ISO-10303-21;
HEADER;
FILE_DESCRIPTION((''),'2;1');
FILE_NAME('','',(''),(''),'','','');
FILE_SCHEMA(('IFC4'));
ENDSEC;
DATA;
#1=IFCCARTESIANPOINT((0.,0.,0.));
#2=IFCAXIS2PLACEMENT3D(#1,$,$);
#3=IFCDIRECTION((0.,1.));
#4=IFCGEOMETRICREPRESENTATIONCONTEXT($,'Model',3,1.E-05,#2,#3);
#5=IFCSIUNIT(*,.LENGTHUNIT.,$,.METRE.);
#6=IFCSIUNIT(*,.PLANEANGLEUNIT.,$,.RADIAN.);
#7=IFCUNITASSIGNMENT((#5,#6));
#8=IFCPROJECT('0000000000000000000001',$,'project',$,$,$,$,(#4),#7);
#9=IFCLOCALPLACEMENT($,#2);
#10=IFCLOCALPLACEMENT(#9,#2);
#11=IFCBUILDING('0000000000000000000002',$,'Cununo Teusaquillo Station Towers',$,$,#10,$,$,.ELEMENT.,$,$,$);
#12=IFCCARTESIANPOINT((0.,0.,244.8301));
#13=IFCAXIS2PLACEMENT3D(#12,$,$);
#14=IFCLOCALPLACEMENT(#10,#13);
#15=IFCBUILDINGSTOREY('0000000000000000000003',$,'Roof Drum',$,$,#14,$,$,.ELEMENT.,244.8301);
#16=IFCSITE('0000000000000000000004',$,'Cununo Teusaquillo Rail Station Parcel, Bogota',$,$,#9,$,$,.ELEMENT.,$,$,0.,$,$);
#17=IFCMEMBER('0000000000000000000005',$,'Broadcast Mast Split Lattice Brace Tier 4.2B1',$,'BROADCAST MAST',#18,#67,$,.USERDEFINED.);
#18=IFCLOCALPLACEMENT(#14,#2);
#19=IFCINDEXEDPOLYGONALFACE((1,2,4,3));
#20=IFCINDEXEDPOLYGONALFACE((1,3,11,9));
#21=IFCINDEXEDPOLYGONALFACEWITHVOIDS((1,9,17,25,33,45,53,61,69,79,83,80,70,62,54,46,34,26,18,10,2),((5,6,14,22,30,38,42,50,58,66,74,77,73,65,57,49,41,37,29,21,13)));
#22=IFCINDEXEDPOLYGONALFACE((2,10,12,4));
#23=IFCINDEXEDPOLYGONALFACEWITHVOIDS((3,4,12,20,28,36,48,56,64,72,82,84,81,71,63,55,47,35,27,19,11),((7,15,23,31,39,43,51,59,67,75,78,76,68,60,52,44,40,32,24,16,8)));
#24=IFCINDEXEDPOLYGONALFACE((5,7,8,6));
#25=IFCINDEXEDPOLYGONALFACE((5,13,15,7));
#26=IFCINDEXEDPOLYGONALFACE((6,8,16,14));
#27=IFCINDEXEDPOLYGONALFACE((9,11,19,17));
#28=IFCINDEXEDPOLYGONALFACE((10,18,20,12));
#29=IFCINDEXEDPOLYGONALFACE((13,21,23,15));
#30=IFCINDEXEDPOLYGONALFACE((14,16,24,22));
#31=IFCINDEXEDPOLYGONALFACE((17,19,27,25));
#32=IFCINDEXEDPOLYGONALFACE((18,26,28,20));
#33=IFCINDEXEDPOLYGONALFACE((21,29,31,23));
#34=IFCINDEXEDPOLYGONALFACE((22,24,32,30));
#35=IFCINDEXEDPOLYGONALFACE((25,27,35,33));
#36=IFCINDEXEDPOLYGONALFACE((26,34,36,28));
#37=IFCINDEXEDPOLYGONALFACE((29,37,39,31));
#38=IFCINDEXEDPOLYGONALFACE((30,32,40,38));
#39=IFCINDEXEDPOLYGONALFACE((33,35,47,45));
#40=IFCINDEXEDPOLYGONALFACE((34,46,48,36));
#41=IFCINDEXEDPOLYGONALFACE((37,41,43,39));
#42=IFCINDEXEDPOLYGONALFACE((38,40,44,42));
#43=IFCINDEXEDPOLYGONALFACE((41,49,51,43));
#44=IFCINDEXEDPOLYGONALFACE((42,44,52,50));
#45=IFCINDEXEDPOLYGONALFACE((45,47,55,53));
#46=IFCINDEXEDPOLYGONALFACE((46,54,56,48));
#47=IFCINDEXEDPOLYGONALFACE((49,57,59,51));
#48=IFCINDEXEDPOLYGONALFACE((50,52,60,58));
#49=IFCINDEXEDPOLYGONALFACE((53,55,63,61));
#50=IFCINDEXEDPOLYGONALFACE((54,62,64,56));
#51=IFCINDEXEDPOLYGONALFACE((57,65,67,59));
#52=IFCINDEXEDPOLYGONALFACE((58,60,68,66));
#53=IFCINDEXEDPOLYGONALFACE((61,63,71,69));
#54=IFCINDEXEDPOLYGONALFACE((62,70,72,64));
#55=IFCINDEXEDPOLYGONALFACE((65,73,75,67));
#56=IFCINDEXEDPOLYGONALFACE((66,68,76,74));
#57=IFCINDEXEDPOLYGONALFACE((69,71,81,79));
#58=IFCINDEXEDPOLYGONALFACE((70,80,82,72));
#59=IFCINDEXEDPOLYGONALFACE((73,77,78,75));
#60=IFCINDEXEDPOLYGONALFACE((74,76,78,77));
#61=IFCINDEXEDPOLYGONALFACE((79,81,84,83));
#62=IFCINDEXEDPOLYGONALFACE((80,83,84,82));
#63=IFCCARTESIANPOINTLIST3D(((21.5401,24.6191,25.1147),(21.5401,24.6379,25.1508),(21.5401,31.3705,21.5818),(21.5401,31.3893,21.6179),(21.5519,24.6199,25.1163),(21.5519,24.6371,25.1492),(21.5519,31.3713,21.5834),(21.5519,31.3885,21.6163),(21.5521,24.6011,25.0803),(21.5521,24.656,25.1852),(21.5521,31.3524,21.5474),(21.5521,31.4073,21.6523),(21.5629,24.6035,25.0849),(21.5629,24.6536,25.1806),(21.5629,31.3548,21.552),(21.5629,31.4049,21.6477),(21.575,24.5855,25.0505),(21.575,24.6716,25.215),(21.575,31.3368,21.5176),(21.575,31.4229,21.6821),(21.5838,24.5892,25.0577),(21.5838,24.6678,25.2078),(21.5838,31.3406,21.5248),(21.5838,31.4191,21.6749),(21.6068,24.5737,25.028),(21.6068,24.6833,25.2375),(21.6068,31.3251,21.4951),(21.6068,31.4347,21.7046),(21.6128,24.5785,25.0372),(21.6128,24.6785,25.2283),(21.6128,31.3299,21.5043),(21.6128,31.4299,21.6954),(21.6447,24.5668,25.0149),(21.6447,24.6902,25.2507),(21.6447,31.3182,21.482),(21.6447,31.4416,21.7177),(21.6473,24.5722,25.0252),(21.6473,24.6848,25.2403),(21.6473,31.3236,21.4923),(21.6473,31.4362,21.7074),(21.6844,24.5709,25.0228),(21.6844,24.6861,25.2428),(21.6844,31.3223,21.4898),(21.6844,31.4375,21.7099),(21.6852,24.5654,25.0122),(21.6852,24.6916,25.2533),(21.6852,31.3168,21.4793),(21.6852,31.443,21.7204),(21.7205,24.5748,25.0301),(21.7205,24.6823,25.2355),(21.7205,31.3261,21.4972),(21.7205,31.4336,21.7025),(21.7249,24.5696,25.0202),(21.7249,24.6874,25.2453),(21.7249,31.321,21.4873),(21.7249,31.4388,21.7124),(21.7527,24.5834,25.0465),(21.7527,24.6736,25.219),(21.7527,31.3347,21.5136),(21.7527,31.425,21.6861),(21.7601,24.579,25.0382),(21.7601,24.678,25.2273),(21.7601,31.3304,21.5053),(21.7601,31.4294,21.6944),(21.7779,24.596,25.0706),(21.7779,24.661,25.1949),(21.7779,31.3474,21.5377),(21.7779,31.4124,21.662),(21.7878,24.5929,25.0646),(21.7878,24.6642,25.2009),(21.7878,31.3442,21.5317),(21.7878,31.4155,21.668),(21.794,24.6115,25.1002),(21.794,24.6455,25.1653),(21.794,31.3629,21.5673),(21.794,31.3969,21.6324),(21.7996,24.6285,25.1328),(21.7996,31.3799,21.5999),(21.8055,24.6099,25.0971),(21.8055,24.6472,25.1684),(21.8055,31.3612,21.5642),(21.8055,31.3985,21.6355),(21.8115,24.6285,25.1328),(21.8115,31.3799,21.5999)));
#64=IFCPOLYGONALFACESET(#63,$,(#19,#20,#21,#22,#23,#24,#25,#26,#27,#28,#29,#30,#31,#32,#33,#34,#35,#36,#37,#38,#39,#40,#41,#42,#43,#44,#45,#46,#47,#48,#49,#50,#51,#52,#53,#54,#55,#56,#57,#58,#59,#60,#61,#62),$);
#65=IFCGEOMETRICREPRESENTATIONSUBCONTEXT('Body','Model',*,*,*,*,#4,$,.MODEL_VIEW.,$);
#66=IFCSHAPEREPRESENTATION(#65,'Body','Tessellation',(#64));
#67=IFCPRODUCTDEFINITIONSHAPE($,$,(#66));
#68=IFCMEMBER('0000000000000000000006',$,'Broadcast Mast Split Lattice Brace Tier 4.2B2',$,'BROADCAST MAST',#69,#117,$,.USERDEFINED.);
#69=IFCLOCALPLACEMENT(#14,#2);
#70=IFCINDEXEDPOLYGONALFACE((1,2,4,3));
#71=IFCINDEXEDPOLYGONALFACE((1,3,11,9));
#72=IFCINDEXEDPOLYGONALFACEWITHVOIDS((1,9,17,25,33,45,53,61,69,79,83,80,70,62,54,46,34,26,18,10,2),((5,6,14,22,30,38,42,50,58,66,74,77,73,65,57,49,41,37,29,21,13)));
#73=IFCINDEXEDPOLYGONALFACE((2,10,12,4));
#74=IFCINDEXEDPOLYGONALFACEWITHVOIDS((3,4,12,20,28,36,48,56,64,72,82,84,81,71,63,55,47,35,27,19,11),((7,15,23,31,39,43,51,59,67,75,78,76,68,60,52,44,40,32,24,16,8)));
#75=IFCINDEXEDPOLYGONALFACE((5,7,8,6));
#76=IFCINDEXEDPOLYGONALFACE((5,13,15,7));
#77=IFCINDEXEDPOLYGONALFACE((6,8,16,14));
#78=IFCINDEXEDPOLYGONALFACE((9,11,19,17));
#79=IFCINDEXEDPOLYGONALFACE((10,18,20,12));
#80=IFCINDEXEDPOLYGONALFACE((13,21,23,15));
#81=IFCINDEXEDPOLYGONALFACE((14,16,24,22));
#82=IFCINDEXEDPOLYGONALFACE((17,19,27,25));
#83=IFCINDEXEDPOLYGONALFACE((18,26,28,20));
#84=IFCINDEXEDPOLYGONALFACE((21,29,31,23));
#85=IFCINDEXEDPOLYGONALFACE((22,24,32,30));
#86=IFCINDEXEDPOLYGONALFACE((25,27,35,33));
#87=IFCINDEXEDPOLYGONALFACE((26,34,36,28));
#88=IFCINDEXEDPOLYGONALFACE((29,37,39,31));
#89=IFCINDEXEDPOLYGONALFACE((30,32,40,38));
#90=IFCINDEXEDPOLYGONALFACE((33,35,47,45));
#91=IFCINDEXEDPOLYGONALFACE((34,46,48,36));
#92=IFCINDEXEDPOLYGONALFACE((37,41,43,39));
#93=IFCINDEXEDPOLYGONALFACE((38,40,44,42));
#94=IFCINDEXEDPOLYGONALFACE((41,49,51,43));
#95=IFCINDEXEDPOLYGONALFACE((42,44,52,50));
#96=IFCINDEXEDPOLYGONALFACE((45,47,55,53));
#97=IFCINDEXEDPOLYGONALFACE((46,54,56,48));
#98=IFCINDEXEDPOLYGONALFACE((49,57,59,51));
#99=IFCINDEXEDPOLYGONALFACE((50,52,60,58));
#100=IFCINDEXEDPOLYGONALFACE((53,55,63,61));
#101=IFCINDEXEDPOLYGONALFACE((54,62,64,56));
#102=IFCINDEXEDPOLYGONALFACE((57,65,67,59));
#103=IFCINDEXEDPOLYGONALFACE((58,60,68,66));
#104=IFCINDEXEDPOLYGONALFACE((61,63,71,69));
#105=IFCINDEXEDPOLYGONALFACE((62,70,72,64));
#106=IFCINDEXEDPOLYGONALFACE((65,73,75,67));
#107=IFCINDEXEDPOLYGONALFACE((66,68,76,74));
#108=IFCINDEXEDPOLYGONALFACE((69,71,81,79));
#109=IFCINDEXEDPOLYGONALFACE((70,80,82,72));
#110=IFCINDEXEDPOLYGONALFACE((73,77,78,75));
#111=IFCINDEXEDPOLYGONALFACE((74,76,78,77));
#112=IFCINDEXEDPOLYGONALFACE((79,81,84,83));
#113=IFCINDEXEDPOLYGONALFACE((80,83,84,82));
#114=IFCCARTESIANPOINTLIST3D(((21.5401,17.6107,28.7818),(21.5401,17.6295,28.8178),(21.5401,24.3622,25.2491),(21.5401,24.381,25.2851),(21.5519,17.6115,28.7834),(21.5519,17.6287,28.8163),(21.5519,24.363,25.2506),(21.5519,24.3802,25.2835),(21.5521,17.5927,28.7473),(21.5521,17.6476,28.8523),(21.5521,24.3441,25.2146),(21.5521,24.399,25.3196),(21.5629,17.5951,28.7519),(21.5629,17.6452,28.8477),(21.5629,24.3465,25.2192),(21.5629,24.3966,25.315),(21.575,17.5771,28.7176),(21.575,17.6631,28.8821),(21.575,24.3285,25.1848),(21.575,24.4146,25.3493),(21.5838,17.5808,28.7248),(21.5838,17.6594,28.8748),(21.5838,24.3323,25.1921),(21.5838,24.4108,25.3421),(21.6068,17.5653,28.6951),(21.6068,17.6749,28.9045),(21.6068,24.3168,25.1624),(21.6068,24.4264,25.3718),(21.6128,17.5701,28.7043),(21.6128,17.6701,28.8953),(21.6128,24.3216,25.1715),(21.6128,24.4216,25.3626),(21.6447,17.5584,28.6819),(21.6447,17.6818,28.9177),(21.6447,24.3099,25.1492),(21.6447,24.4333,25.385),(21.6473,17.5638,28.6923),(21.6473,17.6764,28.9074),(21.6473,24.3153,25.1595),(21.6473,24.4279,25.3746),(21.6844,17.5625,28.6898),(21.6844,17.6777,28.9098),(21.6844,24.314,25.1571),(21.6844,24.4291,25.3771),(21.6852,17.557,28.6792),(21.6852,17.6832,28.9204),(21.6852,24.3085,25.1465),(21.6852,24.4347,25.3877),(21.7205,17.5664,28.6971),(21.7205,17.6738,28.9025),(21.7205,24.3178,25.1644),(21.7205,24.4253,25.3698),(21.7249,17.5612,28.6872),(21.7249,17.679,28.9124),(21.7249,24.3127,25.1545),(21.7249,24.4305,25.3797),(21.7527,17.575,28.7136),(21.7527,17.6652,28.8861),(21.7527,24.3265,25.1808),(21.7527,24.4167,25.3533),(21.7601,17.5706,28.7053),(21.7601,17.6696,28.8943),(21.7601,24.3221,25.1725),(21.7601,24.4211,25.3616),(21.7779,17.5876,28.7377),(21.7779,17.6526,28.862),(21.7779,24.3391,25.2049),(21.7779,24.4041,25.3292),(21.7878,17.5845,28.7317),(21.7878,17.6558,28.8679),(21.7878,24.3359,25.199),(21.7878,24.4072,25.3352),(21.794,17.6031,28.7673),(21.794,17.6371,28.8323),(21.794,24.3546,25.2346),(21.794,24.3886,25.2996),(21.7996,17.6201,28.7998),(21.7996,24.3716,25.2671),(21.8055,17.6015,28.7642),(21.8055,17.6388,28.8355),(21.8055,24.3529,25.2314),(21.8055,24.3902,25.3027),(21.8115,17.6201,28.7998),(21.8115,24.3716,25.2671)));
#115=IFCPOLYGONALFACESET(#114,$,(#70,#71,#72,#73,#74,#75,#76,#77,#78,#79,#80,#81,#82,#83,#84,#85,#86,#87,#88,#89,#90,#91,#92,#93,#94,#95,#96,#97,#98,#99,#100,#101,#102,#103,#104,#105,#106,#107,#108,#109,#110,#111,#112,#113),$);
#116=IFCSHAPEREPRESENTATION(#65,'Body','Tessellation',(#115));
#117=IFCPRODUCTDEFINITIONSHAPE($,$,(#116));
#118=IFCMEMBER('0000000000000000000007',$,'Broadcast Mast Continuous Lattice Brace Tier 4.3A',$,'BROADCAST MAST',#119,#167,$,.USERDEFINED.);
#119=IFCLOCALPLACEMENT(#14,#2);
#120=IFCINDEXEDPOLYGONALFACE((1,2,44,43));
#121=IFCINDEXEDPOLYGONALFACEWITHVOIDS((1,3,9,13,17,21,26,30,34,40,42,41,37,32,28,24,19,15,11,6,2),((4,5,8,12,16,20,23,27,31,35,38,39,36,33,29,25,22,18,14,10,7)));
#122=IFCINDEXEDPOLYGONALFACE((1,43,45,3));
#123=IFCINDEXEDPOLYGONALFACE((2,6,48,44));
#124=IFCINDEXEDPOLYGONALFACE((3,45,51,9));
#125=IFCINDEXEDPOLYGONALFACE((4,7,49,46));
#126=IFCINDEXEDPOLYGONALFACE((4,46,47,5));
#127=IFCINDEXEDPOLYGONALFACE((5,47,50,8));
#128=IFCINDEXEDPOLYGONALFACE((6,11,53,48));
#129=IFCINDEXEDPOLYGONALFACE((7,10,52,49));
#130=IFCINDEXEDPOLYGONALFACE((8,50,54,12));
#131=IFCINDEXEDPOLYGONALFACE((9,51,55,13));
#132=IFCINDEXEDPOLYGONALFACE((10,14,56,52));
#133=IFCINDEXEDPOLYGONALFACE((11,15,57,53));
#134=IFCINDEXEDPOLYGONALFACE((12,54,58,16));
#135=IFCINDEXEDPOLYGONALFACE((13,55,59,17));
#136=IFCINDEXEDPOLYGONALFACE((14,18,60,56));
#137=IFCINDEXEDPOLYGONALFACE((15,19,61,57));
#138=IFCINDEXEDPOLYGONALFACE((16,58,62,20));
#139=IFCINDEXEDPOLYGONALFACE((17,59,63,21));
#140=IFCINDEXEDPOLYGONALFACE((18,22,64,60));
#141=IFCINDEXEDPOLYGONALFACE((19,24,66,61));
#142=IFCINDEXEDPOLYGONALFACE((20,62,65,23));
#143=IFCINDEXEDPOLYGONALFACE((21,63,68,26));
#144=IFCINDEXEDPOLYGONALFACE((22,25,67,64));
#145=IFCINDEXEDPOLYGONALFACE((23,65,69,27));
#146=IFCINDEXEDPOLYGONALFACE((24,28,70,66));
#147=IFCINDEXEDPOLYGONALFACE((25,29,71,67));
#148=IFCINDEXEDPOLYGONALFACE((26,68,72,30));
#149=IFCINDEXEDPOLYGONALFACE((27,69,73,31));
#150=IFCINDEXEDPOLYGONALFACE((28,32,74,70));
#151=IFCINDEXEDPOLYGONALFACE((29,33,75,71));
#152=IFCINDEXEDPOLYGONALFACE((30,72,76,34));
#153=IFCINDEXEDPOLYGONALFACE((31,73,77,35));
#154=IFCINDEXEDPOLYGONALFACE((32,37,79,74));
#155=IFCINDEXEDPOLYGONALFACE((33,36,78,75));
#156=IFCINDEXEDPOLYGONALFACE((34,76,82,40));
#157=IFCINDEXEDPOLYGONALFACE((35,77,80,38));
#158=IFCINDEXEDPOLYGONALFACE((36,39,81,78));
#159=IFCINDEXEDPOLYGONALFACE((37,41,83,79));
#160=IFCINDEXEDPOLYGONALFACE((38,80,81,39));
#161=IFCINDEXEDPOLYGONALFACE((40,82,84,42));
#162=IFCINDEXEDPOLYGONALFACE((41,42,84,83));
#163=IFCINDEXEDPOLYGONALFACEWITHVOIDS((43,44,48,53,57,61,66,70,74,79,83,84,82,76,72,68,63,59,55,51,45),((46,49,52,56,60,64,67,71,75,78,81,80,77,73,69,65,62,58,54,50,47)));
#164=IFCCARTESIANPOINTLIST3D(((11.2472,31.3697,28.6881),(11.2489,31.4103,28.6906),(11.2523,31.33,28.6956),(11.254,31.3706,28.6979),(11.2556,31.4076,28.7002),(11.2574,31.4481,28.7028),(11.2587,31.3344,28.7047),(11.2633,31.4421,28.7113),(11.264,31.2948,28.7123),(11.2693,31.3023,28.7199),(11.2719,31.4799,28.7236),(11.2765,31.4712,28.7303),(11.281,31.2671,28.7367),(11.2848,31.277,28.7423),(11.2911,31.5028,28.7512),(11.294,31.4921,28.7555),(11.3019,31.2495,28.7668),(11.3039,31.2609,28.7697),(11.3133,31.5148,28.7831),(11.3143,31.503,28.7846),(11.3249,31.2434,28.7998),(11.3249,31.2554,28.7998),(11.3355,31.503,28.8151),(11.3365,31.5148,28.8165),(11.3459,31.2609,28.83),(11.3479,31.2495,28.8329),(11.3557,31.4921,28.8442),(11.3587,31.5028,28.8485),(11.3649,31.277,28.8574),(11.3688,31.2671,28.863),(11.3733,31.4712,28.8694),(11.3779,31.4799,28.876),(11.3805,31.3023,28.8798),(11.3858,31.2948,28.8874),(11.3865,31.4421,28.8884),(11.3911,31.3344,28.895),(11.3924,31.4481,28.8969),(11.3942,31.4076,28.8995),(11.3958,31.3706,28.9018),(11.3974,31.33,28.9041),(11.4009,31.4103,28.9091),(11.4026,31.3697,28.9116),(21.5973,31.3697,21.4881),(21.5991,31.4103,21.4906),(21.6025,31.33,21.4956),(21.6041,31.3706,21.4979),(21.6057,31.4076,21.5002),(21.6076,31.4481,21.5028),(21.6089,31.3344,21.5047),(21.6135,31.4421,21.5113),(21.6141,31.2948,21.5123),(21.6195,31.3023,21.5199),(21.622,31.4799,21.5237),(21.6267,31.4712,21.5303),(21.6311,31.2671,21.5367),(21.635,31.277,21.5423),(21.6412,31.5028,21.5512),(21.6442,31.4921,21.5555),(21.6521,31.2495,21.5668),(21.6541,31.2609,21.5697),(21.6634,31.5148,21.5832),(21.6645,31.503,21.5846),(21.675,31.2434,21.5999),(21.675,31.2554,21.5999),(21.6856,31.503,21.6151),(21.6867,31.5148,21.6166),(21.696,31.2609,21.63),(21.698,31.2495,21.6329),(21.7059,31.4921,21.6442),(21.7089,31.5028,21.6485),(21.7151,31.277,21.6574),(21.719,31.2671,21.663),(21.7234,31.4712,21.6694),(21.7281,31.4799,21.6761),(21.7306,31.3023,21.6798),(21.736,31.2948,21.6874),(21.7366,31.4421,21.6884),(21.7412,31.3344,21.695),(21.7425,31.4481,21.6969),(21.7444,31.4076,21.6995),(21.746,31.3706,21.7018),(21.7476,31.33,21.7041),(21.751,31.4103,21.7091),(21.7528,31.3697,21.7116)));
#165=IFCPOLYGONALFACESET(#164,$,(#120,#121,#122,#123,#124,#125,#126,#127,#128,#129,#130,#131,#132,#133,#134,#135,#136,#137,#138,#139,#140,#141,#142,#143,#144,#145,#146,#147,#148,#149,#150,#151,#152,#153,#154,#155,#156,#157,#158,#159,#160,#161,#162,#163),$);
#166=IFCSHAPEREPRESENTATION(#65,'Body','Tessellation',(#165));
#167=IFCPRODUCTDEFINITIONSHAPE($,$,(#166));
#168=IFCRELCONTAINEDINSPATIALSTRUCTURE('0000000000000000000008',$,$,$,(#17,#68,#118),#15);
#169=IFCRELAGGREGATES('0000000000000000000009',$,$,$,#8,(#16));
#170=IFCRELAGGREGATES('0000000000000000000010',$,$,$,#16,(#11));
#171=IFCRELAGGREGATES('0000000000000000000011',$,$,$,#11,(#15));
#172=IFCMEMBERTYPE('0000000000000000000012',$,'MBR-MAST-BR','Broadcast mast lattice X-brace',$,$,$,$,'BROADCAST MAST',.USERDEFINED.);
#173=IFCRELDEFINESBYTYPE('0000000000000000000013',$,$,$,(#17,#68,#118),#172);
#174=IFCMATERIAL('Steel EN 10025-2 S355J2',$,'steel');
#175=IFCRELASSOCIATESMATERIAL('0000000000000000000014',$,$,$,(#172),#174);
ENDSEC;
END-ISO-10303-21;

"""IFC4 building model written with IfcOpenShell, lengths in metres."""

from ifc_helpers import new_model, si_unit, direction, frame, origin, origin_2d, place, context, subcontext, project, spatial, hollow_circle, extrude, material, material_profile, profile_set, type_object, element, save


model = new_model("IFC4")

# Units and contexts
model_context = context("Model", 3, precision=1e-05, world=origin(), true_north=direction((0.0, 1.0)))
body_context = subcontext(model_context, "Body", "Model", "MODEL_VIEW")
ifc_project = project(units=[si_unit("LENGTHUNIT", "METRE"), si_unit("PLANEANGLEUNIT", "RADIAN")], contexts=[model_context])

# Site, building, storey
site_placement = place(None, origin())
site = spatial("IfcSite", under=ifc_project, at=site_placement, Name="Cununo Teusaquillo Rail Station Parcel, Bogota", CompositionType="ELEMENT", RefElevation=0.0)
building_placement = place(site_placement, origin())
building = spatial("IfcBuilding", under=site, at=building_placement, Name="Cununo Teusaquillo Station Towers", CompositionType="ELEMENT")
storey_placement = place(building_placement, frame((0.0, 0.0, 244.8301)))
storey = spatial("IfcBuildingStorey", under=building, at=storey_placement, Name="Roof Drum", CompositionType="ELEMENT", Elevation=244.8301)

# Members
ifc_material_1 = material(Name="Steel EN 10025-2 S355J2", Category="steel")
ifc_material_profile_1 = material_profile(ifc_material_1, hollow_circle(Radius=0.1365, WallThickness=0.012, at=origin_2d()), Name="CHS 273x12")
ifc_profile_set_1 = profile_set([ifc_material_profile_1], Name="Steel EN 10025-2 S355J2")
member_type = type_object("IfcMemberType", Name="MBR-MAST-BR", Description="Broadcast mast lattice X-brace", ElementType="BROADCAST MAST", PredefinedType="USERDEFINED", material=ifc_profile_set_1)
for number, where, z_axis, x_axis, name in (
    (1, (21.675, 31.3799, 21.5999), (0.0, -0.886021, 0.463644), (1.0, 0.0, 0.0), "Broadcast Mast Split Lattice Brace Tier 4.2B1"),
    (2, (21.675, 24.3716, 25.2671), (0.0, -0.886035, 0.463619), (1.0, 0.0, 0.0), "Broadcast Mast Split Lattice Brace Tier 4.2B2"),
):
    element("IfcMember", number, at=place(storey_placement, frame(where, z_axis=z_axis, x_axis=x_axis)), inside=storey, type_object=member_type, Name=name, ObjectType="BROADCAST MAST", PredefinedType="USERDEFINED", context=body_context, shape_type="SweptSolid", body=[
        extrude(hollow_circle(Radius=0.1365, WallThickness=0.012, at=origin_2d()), origin(), (0.0, 0.0, 1.0), 7.6199),
    ])
member_1_placement = place(storey_placement, frame((21.675, 31.3799, 21.5999), z_axis=(-0.82091, 0.0, 0.571058), x_axis=(0.0, -1.0, 0.0)))
element("IfcMember", 3, at=member_1_placement, inside=storey, type_object=member_type, Name="Broadcast Mast Continuous Lattice Brace Tier 4.3A", ObjectType="BROADCAST MAST", PredefinedType="USERDEFINED", context=body_context, shape_type="SweptSolid", body=[
    extrude(hollow_circle(Radius=0.1365, WallThickness=0.012, at=origin_2d()), origin(), (0.0, 0.0, 1.0), 12.6082),
])

save(model, "model.ifc")
